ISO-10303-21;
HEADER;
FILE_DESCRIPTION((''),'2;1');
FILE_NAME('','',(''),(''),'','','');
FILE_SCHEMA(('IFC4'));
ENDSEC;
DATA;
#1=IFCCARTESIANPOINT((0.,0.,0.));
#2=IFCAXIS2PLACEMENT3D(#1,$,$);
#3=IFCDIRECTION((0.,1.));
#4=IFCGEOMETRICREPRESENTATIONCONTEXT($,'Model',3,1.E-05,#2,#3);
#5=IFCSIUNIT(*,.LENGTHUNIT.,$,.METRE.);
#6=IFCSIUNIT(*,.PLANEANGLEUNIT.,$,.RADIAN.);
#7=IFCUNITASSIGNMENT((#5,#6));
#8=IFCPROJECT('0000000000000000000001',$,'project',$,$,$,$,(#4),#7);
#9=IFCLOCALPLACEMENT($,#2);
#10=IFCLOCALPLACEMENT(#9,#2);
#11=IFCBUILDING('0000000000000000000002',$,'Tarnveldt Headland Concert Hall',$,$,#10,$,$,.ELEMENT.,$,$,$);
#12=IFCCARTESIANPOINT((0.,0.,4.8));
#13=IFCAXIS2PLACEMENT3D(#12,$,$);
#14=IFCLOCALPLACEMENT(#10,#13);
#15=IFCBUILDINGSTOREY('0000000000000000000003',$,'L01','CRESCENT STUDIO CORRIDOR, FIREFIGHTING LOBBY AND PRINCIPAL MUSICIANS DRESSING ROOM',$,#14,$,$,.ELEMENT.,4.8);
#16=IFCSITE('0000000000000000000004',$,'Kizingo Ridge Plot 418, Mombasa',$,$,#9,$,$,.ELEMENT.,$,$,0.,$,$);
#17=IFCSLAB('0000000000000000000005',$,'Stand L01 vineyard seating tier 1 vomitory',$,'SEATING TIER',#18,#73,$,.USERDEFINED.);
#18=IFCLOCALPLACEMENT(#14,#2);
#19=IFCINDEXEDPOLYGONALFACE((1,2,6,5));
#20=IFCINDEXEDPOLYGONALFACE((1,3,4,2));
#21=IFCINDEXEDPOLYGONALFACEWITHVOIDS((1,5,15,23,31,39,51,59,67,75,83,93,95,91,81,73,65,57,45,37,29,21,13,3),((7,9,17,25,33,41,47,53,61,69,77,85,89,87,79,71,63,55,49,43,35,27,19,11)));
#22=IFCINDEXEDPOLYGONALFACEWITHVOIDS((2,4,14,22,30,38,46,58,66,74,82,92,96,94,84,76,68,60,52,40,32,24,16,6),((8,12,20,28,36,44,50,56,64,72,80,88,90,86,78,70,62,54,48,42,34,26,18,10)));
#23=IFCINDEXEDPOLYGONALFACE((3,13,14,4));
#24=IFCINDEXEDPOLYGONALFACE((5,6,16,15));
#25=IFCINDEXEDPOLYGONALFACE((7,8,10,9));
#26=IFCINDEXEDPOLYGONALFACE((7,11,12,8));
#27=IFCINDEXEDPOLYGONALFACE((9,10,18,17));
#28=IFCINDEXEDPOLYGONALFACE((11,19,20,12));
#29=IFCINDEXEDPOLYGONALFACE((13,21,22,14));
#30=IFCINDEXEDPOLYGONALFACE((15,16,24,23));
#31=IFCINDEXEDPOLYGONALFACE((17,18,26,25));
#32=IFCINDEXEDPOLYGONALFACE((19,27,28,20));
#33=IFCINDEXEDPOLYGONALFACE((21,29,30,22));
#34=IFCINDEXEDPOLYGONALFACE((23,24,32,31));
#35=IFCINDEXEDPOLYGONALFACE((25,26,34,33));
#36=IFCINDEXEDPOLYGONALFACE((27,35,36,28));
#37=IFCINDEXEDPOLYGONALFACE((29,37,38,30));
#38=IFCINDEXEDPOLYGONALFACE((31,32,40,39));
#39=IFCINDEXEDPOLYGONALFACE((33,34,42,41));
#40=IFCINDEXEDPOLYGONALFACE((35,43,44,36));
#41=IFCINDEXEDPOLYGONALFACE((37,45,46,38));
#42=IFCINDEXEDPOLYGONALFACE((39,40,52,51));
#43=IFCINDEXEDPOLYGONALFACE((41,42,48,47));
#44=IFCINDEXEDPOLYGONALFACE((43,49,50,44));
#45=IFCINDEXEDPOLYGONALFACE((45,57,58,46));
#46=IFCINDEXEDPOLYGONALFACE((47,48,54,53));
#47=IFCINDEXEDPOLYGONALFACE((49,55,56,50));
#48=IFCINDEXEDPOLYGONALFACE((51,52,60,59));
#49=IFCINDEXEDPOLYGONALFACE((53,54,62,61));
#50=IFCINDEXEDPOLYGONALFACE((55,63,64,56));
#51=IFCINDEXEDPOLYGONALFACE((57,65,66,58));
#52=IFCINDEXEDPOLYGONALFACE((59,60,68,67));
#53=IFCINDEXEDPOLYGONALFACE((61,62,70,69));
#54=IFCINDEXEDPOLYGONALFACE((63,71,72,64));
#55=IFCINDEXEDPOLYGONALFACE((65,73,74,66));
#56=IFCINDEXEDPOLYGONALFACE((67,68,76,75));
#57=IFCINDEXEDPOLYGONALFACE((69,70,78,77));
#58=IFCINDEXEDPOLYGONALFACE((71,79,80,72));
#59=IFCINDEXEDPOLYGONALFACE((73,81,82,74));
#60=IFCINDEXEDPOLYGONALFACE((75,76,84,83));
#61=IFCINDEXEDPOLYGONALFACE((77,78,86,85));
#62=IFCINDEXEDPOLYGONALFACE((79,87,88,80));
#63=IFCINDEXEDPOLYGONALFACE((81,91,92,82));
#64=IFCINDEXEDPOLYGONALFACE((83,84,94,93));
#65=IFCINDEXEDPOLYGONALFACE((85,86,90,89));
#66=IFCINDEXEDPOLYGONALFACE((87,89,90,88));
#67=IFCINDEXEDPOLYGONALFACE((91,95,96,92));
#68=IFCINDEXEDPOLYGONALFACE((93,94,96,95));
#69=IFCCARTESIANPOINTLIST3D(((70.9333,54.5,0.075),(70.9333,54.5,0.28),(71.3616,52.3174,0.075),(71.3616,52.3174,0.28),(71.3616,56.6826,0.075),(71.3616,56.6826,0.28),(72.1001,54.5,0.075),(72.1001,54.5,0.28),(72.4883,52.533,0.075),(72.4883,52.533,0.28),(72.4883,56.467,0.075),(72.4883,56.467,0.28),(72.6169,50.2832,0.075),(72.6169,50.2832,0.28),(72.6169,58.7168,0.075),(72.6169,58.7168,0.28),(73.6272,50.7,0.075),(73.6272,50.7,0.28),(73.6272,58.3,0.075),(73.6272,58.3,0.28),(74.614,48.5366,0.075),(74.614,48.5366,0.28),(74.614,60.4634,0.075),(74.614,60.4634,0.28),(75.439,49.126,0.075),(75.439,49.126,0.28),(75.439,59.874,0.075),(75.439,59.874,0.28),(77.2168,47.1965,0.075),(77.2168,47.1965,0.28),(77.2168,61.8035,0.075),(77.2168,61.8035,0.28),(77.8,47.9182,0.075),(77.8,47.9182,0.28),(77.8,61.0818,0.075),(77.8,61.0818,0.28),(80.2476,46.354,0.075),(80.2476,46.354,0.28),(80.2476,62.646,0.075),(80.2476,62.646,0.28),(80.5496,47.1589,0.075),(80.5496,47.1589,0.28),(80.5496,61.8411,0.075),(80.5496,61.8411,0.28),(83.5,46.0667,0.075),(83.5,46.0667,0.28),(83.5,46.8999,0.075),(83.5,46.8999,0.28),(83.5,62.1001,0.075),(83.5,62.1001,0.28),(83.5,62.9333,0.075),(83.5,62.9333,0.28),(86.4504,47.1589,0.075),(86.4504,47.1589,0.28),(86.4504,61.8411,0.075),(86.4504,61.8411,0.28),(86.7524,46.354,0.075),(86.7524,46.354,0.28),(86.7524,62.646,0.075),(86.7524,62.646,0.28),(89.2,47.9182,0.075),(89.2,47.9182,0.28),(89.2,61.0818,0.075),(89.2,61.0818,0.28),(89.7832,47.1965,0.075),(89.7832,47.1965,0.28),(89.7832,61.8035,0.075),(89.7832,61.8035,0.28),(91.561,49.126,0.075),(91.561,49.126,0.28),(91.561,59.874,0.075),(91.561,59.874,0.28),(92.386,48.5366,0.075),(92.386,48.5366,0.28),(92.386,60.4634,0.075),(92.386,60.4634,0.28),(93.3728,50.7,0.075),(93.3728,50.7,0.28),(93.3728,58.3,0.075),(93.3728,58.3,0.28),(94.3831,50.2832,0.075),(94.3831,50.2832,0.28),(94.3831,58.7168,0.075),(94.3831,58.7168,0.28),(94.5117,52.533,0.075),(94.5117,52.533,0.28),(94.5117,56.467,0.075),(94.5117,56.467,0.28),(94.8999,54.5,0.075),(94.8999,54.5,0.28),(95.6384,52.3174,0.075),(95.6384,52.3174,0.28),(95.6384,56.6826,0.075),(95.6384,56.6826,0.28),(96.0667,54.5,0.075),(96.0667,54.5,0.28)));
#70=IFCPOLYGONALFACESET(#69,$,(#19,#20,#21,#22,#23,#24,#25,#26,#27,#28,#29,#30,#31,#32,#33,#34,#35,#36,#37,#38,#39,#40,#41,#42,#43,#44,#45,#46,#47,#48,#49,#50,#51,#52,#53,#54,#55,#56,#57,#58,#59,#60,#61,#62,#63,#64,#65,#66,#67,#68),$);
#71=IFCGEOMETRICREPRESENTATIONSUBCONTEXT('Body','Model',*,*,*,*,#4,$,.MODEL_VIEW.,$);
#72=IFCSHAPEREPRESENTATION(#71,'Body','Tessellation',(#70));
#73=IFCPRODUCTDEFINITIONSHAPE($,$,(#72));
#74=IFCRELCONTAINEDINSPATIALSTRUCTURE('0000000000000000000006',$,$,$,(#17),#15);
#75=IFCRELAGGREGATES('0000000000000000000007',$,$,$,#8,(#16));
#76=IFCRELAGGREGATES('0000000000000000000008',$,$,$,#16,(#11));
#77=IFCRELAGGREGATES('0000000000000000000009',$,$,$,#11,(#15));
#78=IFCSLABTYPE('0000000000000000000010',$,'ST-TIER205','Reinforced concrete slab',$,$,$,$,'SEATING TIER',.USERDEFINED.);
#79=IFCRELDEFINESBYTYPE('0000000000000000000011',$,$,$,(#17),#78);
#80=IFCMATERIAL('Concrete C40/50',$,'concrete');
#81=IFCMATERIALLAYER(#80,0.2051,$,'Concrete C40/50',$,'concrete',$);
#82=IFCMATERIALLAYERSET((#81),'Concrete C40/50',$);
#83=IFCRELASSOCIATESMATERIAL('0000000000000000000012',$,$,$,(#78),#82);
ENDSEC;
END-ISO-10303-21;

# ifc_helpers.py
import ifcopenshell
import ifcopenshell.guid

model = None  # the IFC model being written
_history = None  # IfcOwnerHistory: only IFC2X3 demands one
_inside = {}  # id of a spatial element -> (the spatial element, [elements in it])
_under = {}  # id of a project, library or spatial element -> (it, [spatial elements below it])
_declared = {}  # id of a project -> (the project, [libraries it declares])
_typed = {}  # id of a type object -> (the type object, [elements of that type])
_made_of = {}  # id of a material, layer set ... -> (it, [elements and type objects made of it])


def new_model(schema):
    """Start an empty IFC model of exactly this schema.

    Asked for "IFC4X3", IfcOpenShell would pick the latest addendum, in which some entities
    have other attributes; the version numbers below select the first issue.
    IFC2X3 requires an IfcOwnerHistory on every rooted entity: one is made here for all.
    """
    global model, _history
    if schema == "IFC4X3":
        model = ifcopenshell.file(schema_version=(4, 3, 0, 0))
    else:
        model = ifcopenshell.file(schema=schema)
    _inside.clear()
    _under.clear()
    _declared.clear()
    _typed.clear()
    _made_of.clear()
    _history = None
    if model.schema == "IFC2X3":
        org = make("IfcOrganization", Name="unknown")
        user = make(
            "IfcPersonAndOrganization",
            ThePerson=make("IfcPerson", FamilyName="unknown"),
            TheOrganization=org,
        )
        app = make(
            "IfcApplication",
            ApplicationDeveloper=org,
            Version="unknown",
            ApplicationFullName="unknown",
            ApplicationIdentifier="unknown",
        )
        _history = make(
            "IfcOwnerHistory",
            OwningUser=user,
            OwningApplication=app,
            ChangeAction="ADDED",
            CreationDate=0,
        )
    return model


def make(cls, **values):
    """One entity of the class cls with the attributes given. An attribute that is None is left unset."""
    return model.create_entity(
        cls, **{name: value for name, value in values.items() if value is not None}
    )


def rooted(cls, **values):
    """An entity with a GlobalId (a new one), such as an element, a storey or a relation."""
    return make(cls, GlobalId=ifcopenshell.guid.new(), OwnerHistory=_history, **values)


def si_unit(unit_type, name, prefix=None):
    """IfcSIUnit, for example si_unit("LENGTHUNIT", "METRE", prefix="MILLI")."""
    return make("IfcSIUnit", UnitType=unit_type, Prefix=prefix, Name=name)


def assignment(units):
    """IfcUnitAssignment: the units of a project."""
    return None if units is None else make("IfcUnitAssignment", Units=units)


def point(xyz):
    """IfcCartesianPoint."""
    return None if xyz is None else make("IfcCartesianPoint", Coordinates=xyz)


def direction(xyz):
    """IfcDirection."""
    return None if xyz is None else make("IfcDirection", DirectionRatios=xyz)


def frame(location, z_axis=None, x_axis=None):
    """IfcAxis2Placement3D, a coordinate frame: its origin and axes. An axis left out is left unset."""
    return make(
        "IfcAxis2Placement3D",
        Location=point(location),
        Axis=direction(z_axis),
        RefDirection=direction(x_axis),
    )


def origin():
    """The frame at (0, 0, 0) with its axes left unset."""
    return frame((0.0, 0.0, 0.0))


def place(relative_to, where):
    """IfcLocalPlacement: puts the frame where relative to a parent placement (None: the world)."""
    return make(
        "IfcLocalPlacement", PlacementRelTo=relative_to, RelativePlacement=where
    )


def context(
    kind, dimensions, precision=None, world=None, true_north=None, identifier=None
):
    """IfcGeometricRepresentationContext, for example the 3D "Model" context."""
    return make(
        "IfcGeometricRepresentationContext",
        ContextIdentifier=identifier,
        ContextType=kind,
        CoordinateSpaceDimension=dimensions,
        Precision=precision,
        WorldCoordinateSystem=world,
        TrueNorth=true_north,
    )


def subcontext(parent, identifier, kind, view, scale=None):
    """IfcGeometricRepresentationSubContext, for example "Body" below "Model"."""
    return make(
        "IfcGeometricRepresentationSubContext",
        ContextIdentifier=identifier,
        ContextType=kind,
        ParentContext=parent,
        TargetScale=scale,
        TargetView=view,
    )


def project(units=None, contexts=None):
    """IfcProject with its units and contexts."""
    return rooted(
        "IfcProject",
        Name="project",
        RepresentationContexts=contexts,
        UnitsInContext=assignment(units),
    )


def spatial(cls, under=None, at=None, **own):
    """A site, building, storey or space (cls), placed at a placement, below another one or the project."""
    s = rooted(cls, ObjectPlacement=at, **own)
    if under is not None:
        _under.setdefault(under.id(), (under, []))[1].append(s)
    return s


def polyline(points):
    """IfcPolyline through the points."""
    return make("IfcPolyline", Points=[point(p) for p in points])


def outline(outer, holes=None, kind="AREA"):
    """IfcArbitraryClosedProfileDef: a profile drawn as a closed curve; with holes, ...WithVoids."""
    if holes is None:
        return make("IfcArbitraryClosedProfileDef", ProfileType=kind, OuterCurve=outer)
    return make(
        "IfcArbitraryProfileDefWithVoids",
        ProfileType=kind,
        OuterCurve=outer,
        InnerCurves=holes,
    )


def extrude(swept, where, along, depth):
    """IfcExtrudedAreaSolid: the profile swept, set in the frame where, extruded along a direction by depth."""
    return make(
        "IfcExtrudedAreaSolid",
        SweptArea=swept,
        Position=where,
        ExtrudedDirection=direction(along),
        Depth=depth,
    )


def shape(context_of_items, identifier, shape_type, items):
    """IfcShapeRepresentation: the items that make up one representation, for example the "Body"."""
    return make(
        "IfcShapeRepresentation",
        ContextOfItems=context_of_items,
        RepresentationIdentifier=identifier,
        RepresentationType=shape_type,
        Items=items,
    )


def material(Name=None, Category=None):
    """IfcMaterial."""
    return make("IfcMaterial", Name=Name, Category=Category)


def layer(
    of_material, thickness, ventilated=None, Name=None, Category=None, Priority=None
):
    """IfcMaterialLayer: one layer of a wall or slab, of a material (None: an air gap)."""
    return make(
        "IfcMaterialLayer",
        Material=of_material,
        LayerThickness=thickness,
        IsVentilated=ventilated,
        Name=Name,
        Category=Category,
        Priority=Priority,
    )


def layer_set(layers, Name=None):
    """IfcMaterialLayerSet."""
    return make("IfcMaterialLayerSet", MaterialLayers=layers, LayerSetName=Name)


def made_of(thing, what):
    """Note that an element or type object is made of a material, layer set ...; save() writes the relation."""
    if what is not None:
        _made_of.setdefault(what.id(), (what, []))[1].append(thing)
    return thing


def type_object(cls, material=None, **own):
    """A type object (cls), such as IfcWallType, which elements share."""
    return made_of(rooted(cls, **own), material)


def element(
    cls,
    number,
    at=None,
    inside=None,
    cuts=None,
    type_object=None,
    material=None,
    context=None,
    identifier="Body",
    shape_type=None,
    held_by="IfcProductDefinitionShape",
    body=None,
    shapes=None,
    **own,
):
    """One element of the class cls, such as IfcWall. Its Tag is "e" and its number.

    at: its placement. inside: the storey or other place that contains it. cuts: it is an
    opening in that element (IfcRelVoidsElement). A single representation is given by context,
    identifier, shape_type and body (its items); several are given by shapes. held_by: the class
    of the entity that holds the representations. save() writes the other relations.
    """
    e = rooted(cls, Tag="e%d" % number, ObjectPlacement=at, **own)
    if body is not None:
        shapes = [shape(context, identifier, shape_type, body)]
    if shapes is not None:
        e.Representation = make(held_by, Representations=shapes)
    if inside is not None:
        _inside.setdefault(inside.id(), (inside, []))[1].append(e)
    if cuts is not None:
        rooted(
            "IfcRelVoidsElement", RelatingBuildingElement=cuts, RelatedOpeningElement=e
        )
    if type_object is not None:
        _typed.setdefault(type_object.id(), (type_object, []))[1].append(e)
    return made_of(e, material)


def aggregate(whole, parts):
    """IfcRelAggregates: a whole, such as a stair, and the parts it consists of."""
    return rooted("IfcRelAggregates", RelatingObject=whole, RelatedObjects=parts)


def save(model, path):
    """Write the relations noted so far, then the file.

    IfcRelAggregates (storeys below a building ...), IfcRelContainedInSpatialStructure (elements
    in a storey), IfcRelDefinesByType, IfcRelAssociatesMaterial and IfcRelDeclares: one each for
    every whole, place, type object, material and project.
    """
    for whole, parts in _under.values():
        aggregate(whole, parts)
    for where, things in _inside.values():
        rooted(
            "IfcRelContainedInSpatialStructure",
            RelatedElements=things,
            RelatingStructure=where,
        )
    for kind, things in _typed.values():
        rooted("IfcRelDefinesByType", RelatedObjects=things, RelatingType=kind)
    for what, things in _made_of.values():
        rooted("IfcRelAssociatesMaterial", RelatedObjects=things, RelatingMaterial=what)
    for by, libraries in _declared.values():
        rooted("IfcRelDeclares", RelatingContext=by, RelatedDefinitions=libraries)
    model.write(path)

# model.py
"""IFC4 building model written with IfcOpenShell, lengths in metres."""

from ifc_helpers import new_model, si_unit, direction, frame, origin, place, context, subcontext, project, spatial, polyline, outline, extrude, material, layer, layer_set, type_object, element, save


model = new_model("IFC4")

# Units and contexts
model_context = context("Model", 3, precision=1e-05, world=origin(), true_north=direction((0.0, 1.0)))
body_context = subcontext(model_context, "Body", "Model", "MODEL_VIEW")
ifc_project = project(units=[si_unit("LENGTHUNIT", "METRE"), si_unit("PLANEANGLEUNIT", "RADIAN")], contexts=[model_context])

# Site, building, storey
site_placement = place(None, origin())
site = spatial("IfcSite", under=ifc_project, at=site_placement, Name="Kizingo Ridge Plot 418, Mombasa", CompositionType="ELEMENT", RefElevation=0.0)
building_placement = place(site_placement, origin())
building = spatial("IfcBuilding", under=site, at=building_placement, Name="Tarnveldt Headland Concert Hall", CompositionType="ELEMENT")
storey_placement = place(building_placement, frame((0.0, 0.0, 4.8)))
storey = spatial("IfcBuildingStorey", under=building, at=storey_placement, Name="L01", Description="CRESCENT STUDIO CORRIDOR, FIREFIGHTING LOBBY AND PRINCIPAL MUSICIANS DRESSING ROOM", CompositionType="ELEMENT", Elevation=4.8)

# Slab
ifc_material_1 = material(Name="Concrete C40/50", Category="concrete")
ifc_layer_1 = layer(ifc_material_1, 0.2051, Name="Concrete C40/50", Category="concrete")
ifc_layer_set_1 = layer_set([ifc_layer_1], Name="Concrete C40/50")
slab_type_1 = type_object("IfcSlabType", Name="ST-TIER205", Description="Reinforced concrete slab", ElementType="SEATING TIER", PredefinedType="USERDEFINED", material=ifc_layer_set_1)
slab_1_placement = place(storey_placement, frame((0.0, 0.0, 0.075)))
element("IfcSlab", 1, at=slab_1_placement, inside=storey, type_object=slab_type_1, Name="Stand L01 vineyard seating tier 1 vomitory", ObjectType="SEATING TIER", PredefinedType="USERDEFINED", context=body_context, shape_type="SweptSolid", body=[
    extrude(outline(polyline([(96.0667, 54.5), (95.6384, 56.6826), (94.3831, 58.7168), (92.386, 60.4634), (89.7832, 61.8035), (86.7524, 62.646), (83.5, 62.9333), (80.2476, 62.646), (77.2168, 61.8035), (74.614, 60.4634), (72.6169, 58.7168), (71.3616, 56.6826), (70.9333, 54.5), (71.3616, 52.3174), (72.6169, 50.2832), (74.614, 48.5366), (77.2168, 47.1965), (80.2476, 46.354), (83.5, 46.0667), (86.7524, 46.354), (89.7832, 47.1965), (92.386, 48.5366), (94.3831, 50.2832), (95.6384, 52.3174), (96.0667, 54.5)]), holes=[polyline([(94.5117, 52.533), (93.3728, 50.7), (91.561, 49.126), (89.2, 47.9182), (86.4504, 47.1589), (83.5, 46.8999), (80.5496, 47.1589), (77.8, 47.9182), (75.439, 49.126), (73.6272, 50.7), (72.4883, 52.533), (72.1001, 54.5), (72.4883, 56.467), (73.6272, 58.3), (75.439, 59.874), (77.8, 61.0818), (80.5496, 61.8411), (83.5, 62.1001), (86.4504, 61.8411), (89.2, 61.0818), (91.561, 59.874), (93.3728, 58.3), (94.5117, 56.467), (94.8999, 54.5), (94.5117, 52.533)])]), origin(), (0.0, 0.0, 1.0), 0.2051),
])

save(model, "model.ifc")
